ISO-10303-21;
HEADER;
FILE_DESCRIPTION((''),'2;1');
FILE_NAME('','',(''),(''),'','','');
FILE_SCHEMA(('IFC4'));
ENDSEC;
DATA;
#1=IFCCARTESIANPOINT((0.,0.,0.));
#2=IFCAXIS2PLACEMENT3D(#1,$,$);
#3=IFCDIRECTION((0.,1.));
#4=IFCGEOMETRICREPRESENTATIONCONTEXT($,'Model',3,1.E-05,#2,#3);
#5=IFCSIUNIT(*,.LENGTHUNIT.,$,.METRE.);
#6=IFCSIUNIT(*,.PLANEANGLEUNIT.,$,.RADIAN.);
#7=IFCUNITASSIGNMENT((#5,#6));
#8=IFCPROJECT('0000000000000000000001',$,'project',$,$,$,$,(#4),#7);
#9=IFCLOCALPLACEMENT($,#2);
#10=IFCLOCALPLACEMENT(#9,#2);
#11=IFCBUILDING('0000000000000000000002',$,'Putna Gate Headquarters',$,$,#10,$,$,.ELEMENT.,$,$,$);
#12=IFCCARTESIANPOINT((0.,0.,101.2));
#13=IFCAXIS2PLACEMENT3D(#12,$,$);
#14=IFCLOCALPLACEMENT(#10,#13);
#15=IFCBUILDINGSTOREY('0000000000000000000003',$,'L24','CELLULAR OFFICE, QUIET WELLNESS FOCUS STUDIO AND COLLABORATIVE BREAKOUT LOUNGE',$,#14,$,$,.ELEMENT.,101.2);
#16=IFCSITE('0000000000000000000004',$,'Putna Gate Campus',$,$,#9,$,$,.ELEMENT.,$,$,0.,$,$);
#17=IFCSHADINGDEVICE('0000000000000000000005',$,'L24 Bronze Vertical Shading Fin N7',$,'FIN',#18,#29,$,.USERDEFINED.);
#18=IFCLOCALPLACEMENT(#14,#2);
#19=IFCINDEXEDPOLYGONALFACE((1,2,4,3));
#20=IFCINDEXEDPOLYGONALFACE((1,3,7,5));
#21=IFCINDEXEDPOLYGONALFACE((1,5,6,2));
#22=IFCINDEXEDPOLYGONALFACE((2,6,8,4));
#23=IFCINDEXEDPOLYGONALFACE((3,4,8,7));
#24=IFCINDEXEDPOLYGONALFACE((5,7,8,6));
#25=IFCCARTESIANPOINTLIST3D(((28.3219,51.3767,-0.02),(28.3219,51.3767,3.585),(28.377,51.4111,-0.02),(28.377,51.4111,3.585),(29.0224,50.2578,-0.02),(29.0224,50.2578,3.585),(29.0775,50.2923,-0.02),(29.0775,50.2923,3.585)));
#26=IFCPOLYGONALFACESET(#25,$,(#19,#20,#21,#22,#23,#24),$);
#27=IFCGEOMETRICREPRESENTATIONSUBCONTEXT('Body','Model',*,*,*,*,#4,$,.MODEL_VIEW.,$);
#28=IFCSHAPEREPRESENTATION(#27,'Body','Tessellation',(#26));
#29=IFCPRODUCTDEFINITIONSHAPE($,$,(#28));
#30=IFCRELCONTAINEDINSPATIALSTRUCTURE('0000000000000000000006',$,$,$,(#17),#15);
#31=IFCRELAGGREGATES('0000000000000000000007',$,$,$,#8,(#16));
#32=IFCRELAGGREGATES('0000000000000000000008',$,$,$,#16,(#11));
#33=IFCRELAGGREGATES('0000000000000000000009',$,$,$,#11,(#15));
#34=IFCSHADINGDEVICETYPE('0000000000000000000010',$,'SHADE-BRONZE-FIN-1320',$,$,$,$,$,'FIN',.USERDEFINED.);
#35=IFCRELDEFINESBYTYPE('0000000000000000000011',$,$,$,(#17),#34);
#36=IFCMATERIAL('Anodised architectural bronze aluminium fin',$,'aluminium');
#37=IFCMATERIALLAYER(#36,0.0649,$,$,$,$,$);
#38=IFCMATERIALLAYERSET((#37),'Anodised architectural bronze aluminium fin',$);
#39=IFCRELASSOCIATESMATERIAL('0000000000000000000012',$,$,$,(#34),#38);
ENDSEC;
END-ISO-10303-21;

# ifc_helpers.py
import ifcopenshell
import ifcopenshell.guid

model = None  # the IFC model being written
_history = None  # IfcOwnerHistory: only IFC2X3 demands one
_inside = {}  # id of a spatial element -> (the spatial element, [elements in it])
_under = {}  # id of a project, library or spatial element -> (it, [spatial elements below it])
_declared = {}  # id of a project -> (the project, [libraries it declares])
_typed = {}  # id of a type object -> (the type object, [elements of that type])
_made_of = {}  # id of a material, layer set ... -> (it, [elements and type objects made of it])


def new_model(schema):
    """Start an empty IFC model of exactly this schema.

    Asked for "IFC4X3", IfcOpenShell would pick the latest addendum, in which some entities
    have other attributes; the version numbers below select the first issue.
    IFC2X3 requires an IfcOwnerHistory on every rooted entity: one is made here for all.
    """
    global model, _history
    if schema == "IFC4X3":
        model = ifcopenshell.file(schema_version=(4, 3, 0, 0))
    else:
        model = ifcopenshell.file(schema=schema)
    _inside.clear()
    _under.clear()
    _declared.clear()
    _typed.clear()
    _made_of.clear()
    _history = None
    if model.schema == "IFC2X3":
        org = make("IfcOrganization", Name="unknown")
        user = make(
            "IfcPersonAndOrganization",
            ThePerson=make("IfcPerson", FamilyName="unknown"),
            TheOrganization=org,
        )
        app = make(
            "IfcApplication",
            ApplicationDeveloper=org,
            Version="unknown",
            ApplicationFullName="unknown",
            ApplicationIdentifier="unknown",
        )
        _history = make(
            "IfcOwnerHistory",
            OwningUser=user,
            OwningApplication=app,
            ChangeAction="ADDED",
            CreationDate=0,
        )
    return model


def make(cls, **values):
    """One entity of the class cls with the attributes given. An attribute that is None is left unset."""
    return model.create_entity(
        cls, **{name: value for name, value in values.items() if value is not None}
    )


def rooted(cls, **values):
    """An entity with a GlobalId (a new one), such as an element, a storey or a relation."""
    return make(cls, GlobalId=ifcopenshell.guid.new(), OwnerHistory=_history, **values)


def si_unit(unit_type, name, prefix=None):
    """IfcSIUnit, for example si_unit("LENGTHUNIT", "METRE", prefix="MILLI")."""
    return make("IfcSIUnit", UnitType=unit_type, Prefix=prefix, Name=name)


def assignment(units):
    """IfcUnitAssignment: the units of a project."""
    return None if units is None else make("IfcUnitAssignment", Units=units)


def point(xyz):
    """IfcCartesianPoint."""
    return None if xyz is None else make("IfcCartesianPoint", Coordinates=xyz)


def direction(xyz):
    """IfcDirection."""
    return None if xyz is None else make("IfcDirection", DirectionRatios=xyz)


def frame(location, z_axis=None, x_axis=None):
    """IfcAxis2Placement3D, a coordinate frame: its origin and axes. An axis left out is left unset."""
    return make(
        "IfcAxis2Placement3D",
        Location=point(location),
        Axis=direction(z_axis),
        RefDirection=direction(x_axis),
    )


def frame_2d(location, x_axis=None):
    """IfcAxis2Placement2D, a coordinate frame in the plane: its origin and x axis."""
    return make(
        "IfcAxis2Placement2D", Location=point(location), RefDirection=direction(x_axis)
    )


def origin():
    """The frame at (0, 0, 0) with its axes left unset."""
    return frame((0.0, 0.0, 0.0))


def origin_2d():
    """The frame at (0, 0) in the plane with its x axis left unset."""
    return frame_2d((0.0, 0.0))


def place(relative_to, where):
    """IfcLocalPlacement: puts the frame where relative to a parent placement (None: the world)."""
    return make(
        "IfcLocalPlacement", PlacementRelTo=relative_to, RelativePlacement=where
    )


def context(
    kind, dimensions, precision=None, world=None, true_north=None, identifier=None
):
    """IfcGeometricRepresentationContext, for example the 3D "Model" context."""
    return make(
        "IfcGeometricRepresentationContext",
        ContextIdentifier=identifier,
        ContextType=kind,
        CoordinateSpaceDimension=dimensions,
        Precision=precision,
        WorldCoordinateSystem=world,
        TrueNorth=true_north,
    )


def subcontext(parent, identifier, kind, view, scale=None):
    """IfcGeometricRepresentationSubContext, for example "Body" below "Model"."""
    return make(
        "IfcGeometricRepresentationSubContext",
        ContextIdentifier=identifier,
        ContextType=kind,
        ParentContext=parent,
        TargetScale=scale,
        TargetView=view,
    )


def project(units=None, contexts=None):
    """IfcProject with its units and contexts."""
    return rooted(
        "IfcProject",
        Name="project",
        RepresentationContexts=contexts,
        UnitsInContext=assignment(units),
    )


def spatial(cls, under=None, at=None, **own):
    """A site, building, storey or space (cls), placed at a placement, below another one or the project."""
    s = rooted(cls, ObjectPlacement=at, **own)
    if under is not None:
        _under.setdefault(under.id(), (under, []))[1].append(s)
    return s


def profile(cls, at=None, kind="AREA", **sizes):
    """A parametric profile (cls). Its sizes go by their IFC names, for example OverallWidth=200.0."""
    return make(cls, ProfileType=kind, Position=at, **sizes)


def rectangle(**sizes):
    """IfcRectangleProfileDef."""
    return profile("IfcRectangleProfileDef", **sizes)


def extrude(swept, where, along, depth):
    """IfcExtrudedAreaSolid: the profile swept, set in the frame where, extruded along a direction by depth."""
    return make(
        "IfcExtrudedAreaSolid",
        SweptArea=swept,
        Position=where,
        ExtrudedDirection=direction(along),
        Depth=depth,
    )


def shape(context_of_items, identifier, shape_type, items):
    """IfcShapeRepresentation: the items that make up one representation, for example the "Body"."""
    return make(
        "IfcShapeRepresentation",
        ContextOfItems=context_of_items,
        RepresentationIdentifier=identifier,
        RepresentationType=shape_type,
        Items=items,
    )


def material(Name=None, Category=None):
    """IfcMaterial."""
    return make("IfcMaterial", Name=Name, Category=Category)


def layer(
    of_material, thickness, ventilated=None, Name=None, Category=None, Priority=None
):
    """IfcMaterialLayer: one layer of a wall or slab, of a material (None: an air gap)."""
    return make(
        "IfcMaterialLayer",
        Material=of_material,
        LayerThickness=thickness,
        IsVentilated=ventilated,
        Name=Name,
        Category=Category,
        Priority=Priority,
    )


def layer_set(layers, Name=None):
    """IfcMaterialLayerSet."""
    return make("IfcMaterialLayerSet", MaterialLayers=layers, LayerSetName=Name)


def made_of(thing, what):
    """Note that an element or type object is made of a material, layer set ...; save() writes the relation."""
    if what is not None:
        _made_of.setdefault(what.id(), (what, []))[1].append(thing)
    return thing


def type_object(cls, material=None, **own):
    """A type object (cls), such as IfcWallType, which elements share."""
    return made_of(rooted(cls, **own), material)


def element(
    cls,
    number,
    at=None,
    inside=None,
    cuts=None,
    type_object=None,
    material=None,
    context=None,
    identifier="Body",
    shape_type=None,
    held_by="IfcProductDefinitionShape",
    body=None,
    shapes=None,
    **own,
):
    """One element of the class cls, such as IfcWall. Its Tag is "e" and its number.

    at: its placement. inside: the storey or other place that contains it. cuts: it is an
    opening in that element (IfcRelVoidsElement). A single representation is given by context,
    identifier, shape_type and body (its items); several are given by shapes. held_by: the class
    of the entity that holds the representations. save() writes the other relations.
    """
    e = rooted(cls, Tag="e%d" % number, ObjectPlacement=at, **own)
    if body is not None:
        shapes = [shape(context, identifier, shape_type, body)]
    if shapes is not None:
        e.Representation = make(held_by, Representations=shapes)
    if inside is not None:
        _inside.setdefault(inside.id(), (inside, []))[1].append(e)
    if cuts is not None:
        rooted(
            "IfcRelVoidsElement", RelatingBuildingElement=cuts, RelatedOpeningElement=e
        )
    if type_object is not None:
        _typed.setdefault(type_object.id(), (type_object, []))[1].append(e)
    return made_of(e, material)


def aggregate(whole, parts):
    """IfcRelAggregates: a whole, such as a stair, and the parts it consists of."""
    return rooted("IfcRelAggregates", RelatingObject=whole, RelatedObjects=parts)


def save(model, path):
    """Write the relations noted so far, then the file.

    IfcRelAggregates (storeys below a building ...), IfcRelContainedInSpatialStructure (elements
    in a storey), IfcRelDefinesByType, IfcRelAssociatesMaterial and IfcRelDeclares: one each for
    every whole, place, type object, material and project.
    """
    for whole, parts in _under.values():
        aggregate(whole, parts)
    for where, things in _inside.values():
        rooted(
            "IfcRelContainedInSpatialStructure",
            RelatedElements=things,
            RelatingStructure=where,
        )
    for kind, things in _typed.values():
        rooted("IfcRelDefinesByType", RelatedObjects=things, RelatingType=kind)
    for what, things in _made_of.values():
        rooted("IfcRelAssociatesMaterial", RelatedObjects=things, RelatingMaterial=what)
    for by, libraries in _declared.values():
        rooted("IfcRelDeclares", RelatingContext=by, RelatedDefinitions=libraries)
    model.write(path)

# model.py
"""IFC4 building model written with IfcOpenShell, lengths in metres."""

from ifc_helpers import new_model, si_unit, direction, frame, origin, origin_2d, place, context, subcontext, project, spatial, rectangle, extrude, material, layer, layer_set, type_object, element, save


model = new_model("IFC4")

# Units and contexts
model_context = context("Model", 3, precision=1e-05, world=origin(), true_north=direction((0.0, 1.0)))
body_context = subcontext(model_context, "Body", "Model", "MODEL_VIEW")
ifc_project = project(units=[si_unit("LENGTHUNIT", "METRE"), si_unit("PLANEANGLEUNIT", "RADIAN")], contexts=[model_context])

# Site, building, storey
site_placement = place(None, origin())
site = spatial("IfcSite", under=ifc_project, at=site_placement, Name="Putna Gate Campus", CompositionType="ELEMENT", RefElevation=0.0)
building_placement = place(site_placement, origin())
building = spatial("IfcBuilding", under=site, at=building_placement, Name="Putna Gate Headquarters", CompositionType="ELEMENT")
storey_placement = place(building_placement, frame((0.0, 0.0, 101.2)))
storey = spatial("IfcBuildingStorey", under=building, at=storey_placement, Name="L24", Description="CELLULAR OFFICE, QUIET WELLNESS FOCUS STUDIO AND COLLABORATIVE BREAKOUT LOUNGE", CompositionType="ELEMENT", Elevation=101.2)

# Shading device
ifc_material_1 = material(Name="Anodised architectural bronze aluminium fin", Category="aluminium")
ifc_layer_1 = layer(ifc_material_1, 0.0649)
ifc_layer_set_1 = layer_set([ifc_layer_1], Name="Anodised architectural bronze aluminium fin")
shading_device_type = type_object("IfcShadingDeviceType", Name="SHADE-BRONZE-FIN-1320", ElementType="FIN", PredefinedType="USERDEFINED", material=ifc_layer_set_1)
for number, where, z_axis, x_axis, name in (
    (1, (28.6997, 50.8345, -0.02), (0.0, 0.0, 1.0), (-0.530659, 0.847585, 0.0), "L24 Bronze Vertical Shading Fin N7"),
):
    element("IfcShadingDevice", number, at=place(storey_placement, frame(where, z_axis=z_axis, x_axis=x_axis)), inside=storey, type_object=shading_device_type, Name=name, ObjectType="FIN", PredefinedType="USERDEFINED", context=body_context, shape_type="SweptSolid", body=[
        extrude(rectangle(XDim=1.3201, YDim=0.0649, at=origin_2d()), origin(), (0.0, 0.0, 1.0), 3.605),
    ])

save(model, "model.ifc")
